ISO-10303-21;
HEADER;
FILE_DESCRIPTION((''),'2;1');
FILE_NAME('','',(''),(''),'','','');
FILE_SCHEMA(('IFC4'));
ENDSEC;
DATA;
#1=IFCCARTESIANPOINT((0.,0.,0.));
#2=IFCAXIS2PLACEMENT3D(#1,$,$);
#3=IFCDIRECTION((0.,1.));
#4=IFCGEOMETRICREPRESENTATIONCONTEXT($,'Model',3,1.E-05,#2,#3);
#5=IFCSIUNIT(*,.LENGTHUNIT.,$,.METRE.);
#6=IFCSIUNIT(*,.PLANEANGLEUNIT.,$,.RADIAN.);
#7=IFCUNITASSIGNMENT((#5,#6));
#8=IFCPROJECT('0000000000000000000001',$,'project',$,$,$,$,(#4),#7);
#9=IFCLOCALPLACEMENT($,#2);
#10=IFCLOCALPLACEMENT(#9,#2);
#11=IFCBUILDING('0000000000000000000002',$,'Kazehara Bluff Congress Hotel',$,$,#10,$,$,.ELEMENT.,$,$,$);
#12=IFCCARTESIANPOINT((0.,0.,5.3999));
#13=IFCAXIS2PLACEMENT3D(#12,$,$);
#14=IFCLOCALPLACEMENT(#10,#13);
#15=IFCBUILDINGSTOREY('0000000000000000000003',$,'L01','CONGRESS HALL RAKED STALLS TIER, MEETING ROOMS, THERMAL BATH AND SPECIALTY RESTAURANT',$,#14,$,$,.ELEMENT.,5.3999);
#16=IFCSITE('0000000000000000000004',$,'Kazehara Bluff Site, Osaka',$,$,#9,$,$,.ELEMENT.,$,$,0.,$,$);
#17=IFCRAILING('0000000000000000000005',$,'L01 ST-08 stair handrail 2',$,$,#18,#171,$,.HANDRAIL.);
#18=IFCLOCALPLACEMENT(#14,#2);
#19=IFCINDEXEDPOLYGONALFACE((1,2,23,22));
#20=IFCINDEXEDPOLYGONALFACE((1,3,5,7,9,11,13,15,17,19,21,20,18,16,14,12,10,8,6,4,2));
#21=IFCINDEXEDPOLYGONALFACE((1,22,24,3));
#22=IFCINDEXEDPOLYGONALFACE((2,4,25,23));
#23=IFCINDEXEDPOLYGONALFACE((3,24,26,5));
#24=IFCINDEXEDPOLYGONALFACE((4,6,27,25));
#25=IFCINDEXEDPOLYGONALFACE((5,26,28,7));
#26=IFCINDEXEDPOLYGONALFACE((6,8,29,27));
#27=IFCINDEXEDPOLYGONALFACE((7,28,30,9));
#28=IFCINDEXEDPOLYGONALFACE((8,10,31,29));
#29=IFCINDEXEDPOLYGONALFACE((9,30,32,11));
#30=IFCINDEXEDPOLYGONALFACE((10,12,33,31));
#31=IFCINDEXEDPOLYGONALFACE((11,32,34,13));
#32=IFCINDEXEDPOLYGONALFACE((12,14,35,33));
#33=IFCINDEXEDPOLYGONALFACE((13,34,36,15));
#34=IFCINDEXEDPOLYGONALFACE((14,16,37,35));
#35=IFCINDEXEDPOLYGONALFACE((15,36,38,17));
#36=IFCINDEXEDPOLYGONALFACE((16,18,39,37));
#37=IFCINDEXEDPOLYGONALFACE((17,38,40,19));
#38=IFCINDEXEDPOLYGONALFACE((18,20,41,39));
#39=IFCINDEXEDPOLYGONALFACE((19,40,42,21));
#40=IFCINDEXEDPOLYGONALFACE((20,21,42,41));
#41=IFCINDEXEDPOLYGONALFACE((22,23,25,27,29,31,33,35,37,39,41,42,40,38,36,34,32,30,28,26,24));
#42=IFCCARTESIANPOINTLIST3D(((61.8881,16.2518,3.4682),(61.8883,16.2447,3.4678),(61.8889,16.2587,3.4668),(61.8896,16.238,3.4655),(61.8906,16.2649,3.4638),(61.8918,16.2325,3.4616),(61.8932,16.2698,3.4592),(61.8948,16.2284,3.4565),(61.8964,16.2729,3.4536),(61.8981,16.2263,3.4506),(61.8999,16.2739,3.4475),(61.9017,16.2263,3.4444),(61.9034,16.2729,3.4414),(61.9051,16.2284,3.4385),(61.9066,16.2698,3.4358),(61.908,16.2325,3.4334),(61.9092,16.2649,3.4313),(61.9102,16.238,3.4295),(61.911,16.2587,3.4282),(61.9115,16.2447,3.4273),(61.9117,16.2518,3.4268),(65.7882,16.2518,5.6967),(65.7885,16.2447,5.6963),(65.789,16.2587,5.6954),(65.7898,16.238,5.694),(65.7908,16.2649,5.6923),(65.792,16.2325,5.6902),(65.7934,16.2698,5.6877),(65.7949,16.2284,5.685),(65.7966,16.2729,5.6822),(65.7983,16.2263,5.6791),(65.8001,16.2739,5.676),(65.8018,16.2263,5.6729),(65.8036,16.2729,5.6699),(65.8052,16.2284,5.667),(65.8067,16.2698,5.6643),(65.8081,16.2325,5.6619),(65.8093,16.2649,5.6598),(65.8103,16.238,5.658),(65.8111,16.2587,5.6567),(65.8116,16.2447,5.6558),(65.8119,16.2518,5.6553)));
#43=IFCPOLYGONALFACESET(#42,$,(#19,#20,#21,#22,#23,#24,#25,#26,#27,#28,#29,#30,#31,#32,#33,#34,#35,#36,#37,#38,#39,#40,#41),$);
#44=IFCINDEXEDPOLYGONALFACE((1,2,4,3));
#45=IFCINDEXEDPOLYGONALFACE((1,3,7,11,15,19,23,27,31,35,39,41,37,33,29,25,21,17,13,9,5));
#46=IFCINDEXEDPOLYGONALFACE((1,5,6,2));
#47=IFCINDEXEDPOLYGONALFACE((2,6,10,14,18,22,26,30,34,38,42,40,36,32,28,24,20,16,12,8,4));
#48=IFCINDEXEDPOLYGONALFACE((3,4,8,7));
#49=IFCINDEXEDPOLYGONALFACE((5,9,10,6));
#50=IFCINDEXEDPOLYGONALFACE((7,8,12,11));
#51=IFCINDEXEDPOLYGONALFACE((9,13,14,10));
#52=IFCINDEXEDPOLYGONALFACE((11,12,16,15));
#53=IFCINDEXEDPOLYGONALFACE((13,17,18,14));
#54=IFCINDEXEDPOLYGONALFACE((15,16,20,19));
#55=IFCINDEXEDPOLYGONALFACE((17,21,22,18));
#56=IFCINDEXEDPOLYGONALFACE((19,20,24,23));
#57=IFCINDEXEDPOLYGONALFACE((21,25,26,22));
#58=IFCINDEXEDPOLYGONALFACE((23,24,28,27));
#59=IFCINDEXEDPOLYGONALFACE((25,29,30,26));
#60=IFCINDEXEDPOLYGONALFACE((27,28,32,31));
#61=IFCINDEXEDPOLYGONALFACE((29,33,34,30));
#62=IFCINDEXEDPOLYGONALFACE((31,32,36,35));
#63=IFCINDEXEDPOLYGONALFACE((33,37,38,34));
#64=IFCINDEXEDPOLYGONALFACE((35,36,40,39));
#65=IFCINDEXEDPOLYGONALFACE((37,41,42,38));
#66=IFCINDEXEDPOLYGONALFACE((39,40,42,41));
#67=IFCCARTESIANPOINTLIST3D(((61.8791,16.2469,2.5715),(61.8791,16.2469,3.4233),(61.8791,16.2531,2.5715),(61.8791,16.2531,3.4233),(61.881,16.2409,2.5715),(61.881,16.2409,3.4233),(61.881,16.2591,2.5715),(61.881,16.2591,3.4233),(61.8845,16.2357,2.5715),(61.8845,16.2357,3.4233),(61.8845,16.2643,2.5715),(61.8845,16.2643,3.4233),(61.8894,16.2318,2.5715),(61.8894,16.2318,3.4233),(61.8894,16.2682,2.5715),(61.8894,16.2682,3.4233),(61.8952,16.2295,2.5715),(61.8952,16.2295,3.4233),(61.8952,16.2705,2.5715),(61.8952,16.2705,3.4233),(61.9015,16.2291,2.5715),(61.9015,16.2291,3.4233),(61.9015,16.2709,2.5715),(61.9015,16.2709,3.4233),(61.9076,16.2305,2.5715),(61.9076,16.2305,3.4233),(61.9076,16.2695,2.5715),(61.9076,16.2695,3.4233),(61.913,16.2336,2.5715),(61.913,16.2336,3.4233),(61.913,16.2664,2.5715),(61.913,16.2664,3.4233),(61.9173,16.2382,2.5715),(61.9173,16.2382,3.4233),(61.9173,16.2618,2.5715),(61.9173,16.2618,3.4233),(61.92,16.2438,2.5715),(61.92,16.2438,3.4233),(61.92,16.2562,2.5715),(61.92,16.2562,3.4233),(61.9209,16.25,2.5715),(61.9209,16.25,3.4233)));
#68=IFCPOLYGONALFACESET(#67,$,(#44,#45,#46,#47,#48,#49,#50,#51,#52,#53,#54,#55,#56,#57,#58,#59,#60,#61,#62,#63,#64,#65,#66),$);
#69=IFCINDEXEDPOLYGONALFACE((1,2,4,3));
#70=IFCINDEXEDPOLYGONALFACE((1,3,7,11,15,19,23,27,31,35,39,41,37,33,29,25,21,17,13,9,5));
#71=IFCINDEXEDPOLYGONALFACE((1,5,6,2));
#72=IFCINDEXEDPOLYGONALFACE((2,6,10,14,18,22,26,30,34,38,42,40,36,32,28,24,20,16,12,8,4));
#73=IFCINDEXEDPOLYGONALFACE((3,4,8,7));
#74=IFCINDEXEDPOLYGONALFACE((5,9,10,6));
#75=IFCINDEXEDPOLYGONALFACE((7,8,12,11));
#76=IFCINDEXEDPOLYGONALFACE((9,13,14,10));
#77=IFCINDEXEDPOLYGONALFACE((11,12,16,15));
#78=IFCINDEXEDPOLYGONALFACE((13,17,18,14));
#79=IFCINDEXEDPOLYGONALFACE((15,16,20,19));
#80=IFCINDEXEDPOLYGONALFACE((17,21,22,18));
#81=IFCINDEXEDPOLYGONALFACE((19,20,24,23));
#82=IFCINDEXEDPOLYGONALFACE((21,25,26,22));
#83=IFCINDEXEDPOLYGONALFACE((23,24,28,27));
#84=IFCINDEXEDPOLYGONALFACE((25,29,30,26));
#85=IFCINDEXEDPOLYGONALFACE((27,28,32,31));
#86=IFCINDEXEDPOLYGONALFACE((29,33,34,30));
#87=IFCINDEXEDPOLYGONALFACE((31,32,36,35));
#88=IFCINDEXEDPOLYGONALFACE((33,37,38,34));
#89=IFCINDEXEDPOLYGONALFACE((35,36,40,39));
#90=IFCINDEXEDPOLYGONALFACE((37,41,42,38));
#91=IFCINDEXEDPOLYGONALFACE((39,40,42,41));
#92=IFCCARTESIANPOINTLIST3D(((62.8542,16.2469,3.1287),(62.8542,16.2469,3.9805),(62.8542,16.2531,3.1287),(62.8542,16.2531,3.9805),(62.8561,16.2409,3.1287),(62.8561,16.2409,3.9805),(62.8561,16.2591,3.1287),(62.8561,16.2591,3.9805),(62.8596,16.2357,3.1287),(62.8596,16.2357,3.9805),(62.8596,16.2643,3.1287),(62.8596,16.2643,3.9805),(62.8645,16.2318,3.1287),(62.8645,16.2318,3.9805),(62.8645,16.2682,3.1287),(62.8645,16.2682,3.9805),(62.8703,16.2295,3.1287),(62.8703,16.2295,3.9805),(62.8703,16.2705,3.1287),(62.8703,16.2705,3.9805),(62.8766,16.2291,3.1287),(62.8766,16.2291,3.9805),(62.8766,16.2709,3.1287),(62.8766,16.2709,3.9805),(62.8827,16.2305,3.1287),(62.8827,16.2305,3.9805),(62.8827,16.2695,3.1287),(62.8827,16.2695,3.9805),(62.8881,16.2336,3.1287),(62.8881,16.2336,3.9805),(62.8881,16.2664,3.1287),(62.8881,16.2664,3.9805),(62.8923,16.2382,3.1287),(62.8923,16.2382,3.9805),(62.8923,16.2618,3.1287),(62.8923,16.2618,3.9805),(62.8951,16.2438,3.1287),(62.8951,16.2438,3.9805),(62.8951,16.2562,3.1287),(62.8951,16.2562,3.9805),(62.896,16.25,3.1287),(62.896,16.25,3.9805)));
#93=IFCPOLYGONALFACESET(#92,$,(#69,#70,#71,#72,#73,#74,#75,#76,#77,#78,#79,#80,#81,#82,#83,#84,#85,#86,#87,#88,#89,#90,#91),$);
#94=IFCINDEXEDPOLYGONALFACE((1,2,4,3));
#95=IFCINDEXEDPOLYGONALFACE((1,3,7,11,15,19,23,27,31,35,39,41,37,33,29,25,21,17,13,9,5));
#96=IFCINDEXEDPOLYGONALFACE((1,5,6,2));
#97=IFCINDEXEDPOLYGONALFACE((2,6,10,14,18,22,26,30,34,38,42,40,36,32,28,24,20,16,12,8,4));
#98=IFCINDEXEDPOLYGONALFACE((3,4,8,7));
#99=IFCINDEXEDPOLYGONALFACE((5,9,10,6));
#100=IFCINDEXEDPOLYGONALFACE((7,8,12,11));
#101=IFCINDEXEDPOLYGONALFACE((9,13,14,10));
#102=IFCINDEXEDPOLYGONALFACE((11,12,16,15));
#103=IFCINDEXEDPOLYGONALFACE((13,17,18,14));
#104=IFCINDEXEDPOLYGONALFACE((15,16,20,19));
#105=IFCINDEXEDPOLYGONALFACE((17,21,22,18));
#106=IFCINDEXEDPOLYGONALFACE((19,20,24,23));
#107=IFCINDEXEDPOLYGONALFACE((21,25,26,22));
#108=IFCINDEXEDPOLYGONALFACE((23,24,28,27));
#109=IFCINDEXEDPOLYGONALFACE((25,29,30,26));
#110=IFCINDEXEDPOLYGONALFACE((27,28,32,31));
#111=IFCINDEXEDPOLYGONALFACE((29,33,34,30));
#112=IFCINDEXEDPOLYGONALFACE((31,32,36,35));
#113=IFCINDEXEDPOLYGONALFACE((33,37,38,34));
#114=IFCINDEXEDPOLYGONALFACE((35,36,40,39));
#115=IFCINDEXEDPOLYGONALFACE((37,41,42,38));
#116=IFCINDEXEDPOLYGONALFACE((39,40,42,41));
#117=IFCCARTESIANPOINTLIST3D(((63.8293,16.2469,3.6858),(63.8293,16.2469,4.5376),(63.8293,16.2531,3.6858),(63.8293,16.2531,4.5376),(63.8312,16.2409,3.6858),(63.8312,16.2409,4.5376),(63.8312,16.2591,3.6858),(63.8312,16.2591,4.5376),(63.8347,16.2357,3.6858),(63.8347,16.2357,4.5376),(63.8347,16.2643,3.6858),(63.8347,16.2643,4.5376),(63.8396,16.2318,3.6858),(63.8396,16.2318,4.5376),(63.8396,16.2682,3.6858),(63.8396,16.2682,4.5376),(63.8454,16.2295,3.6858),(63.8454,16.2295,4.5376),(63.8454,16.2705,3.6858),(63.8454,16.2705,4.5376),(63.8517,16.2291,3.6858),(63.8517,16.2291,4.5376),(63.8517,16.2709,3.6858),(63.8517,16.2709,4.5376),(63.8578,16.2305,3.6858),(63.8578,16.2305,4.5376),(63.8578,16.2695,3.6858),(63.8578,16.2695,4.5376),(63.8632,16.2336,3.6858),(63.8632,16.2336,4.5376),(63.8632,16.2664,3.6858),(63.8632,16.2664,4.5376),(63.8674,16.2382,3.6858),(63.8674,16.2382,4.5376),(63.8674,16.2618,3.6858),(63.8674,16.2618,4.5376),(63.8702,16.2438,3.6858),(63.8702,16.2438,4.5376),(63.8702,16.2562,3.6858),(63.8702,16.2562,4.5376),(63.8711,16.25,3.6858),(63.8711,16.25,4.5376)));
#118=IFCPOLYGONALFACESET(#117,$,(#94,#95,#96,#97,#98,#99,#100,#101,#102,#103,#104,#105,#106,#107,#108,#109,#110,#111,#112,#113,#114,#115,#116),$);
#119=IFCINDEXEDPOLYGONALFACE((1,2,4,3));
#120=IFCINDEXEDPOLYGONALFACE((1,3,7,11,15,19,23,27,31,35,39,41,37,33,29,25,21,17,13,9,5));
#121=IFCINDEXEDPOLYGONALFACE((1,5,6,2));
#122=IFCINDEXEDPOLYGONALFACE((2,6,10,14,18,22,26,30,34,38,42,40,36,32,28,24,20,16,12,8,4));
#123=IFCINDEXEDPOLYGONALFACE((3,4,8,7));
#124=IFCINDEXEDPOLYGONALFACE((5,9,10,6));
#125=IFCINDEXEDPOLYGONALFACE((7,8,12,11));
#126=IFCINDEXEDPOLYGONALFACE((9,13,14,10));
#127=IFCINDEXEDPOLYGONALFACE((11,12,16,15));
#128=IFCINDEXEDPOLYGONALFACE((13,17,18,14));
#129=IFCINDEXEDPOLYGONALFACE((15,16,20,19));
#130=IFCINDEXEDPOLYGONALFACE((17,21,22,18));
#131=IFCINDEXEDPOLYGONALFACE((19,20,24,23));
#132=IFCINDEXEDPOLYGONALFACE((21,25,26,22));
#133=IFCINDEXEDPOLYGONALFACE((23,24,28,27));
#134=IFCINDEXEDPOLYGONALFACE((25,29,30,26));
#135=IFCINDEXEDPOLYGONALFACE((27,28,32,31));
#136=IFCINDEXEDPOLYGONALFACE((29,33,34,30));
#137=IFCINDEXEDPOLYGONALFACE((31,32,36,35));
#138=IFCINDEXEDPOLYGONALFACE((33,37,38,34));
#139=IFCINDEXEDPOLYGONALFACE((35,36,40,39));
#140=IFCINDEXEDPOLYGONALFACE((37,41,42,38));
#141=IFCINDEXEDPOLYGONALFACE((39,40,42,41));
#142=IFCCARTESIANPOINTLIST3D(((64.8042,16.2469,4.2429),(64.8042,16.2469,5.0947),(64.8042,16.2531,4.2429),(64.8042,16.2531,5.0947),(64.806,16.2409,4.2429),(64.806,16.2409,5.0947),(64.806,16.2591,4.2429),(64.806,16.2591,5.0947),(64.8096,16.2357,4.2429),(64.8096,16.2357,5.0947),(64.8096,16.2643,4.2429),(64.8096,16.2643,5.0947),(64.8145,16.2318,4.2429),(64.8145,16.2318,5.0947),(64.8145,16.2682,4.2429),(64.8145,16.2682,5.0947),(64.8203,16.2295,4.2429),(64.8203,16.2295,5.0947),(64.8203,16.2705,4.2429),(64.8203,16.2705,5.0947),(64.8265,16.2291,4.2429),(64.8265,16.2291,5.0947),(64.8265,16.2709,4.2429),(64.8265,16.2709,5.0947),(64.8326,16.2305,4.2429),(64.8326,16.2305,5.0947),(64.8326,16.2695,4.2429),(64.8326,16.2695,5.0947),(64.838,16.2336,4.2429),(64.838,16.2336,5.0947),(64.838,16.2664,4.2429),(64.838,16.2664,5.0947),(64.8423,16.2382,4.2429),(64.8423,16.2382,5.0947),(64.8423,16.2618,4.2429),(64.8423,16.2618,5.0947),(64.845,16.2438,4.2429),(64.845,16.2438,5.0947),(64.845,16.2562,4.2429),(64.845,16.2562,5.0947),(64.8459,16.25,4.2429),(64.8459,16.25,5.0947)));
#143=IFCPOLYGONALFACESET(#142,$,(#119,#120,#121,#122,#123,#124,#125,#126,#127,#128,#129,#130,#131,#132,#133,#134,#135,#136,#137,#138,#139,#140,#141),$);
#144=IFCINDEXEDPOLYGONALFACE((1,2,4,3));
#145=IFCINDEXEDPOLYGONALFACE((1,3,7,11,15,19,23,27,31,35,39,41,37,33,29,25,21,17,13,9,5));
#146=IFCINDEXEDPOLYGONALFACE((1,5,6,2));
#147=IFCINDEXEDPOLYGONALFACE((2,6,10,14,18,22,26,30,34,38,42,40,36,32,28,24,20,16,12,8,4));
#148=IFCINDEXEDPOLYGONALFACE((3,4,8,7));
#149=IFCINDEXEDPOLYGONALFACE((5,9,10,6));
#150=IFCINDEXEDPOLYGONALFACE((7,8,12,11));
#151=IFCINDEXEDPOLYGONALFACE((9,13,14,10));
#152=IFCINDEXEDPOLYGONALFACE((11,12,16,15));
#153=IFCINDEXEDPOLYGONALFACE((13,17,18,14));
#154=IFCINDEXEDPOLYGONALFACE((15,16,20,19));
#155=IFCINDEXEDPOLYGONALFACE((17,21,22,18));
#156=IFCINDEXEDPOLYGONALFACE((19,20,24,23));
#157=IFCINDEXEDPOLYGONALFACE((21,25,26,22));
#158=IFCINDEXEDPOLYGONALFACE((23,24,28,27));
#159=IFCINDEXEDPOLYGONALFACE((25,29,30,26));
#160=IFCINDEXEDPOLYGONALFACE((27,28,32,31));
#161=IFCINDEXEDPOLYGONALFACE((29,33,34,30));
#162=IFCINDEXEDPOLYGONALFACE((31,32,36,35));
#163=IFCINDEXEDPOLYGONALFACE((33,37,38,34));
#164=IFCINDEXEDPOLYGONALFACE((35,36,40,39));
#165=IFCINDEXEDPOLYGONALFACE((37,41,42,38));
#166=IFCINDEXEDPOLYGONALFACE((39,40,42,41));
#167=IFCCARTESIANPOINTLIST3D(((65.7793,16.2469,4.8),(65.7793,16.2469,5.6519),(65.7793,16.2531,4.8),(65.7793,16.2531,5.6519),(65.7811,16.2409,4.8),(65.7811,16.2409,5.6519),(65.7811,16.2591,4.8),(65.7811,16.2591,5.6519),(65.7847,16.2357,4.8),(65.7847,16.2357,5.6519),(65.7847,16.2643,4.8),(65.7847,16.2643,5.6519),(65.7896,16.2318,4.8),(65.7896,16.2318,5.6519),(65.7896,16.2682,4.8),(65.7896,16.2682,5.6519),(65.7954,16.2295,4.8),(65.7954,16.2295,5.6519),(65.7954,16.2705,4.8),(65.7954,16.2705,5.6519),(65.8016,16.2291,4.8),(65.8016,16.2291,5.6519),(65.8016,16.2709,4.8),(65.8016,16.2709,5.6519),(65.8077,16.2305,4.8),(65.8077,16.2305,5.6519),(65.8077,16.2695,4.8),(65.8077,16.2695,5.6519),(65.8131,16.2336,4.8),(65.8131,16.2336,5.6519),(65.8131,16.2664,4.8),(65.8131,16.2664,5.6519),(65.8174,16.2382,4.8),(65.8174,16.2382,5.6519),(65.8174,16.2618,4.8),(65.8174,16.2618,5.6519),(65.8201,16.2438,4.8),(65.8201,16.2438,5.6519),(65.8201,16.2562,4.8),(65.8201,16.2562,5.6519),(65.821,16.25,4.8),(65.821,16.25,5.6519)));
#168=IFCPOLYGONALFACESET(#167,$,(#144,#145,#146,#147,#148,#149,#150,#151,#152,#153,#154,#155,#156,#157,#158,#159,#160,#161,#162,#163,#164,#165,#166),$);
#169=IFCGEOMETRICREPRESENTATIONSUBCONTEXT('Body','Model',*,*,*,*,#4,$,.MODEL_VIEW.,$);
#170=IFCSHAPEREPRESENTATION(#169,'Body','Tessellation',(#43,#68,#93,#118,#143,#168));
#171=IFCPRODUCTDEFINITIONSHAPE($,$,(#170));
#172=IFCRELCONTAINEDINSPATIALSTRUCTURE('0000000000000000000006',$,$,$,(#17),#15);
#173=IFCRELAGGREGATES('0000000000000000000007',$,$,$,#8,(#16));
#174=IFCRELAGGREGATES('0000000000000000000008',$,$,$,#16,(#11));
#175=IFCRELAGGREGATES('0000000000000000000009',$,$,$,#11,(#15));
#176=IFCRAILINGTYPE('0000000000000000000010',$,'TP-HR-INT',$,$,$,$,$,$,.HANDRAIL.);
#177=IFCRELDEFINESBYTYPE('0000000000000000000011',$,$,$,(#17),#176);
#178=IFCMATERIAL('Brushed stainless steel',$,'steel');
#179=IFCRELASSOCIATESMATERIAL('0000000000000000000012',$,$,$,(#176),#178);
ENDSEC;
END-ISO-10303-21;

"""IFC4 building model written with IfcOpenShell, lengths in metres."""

from ifc_helpers import new_model, si_unit, direction, frame, origin, origin_2d, place, context, subcontext, project, spatial, circle, extrude, material, type_object, element, save


model = new_model("IFC4")

# Units and contexts
model_context = context("Model", 3, precision=1e-05, world=origin(), true_north=direction((0.0, 1.0)))
body_context = subcontext(model_context, "Body", "Model", "MODEL_VIEW")
ifc_project = project(units=[si_unit("LENGTHUNIT", "METRE"), si_unit("PLANEANGLEUNIT", "RADIAN")], contexts=[model_context])

# Site, building, storey
site_placement = place(None, origin())
site = spatial("IfcSite", under=ifc_project, at=site_placement, Name="Kazehara Bluff Site, Osaka", CompositionType="ELEMENT", RefElevation=0.0)
building_placement = place(site_placement, origin())
building = spatial("IfcBuilding", under=site, at=building_placement, Name="Kazehara Bluff Congress Hotel", CompositionType="ELEMENT")
storey_placement = place(building_placement, frame((0.0, 0.0, 5.3999)))
storey = spatial("IfcBuildingStorey", under=building, at=storey_placement, Name="L01", Description="CONGRESS HALL RAKED STALLS TIER, MEETING ROOMS, THERMAL BATH AND SPECIALTY RESTAURANT", CompositionType="ELEMENT", Elevation=5.3999)

# Railing
ifc_material_1 = material(Name="Brushed stainless steel", Category="steel")
railing_type_1 = type_object("IfcRailingType", Name="TP-HR-INT", PredefinedType="HANDRAIL", material=ifc_material_1)
railing_1_placement = place(storey_placement, frame((61.8999, 16.25, 2.5715)))
element("IfcRailing", 1, at=railing_1_placement, inside=storey, type_object=railing_type_1, Name="L01 ST-08 stair handrail 2", PredefinedType="HANDRAIL", context=body_context, shape_type="SweptSolid", body=[
    extrude(circle(Radius=0.0239, at=origin_2d()), frame((0.0, 0.0, 0.876), z_axis=(0.868257, 0.0, 0.496116), x_axis=(0.0, 1.0, 0.0)), (0.0, 0.0, 1.0), 4.4919),
    extrude(circle(Radius=0.021, at=origin_2d()), origin(), (0.0, 0.0, 1.0), 0.8518),
    extrude(circle(Radius=0.021, at=origin_2d()), frame((0.9751, 0.0, 0.5571)), (0.0, 0.0, 1.0), 0.8518),
    extrude(circle(Radius=0.021, at=origin_2d()), frame((1.9502, 0.0, 1.1143)), (0.0, 0.0, 1.0), 0.8518),
    extrude(circle(Radius=0.021, at=origin_2d()), frame((2.925, 0.0, 1.6714)), (0.0, 0.0, 1.0), 0.8518),
    extrude(circle(Radius=0.021, at=origin_2d()), frame((3.9001, 0.0, 2.2285)), (0.0, 0.0, 1.0), 0.8518),
])

save(model, "model.ifc")
